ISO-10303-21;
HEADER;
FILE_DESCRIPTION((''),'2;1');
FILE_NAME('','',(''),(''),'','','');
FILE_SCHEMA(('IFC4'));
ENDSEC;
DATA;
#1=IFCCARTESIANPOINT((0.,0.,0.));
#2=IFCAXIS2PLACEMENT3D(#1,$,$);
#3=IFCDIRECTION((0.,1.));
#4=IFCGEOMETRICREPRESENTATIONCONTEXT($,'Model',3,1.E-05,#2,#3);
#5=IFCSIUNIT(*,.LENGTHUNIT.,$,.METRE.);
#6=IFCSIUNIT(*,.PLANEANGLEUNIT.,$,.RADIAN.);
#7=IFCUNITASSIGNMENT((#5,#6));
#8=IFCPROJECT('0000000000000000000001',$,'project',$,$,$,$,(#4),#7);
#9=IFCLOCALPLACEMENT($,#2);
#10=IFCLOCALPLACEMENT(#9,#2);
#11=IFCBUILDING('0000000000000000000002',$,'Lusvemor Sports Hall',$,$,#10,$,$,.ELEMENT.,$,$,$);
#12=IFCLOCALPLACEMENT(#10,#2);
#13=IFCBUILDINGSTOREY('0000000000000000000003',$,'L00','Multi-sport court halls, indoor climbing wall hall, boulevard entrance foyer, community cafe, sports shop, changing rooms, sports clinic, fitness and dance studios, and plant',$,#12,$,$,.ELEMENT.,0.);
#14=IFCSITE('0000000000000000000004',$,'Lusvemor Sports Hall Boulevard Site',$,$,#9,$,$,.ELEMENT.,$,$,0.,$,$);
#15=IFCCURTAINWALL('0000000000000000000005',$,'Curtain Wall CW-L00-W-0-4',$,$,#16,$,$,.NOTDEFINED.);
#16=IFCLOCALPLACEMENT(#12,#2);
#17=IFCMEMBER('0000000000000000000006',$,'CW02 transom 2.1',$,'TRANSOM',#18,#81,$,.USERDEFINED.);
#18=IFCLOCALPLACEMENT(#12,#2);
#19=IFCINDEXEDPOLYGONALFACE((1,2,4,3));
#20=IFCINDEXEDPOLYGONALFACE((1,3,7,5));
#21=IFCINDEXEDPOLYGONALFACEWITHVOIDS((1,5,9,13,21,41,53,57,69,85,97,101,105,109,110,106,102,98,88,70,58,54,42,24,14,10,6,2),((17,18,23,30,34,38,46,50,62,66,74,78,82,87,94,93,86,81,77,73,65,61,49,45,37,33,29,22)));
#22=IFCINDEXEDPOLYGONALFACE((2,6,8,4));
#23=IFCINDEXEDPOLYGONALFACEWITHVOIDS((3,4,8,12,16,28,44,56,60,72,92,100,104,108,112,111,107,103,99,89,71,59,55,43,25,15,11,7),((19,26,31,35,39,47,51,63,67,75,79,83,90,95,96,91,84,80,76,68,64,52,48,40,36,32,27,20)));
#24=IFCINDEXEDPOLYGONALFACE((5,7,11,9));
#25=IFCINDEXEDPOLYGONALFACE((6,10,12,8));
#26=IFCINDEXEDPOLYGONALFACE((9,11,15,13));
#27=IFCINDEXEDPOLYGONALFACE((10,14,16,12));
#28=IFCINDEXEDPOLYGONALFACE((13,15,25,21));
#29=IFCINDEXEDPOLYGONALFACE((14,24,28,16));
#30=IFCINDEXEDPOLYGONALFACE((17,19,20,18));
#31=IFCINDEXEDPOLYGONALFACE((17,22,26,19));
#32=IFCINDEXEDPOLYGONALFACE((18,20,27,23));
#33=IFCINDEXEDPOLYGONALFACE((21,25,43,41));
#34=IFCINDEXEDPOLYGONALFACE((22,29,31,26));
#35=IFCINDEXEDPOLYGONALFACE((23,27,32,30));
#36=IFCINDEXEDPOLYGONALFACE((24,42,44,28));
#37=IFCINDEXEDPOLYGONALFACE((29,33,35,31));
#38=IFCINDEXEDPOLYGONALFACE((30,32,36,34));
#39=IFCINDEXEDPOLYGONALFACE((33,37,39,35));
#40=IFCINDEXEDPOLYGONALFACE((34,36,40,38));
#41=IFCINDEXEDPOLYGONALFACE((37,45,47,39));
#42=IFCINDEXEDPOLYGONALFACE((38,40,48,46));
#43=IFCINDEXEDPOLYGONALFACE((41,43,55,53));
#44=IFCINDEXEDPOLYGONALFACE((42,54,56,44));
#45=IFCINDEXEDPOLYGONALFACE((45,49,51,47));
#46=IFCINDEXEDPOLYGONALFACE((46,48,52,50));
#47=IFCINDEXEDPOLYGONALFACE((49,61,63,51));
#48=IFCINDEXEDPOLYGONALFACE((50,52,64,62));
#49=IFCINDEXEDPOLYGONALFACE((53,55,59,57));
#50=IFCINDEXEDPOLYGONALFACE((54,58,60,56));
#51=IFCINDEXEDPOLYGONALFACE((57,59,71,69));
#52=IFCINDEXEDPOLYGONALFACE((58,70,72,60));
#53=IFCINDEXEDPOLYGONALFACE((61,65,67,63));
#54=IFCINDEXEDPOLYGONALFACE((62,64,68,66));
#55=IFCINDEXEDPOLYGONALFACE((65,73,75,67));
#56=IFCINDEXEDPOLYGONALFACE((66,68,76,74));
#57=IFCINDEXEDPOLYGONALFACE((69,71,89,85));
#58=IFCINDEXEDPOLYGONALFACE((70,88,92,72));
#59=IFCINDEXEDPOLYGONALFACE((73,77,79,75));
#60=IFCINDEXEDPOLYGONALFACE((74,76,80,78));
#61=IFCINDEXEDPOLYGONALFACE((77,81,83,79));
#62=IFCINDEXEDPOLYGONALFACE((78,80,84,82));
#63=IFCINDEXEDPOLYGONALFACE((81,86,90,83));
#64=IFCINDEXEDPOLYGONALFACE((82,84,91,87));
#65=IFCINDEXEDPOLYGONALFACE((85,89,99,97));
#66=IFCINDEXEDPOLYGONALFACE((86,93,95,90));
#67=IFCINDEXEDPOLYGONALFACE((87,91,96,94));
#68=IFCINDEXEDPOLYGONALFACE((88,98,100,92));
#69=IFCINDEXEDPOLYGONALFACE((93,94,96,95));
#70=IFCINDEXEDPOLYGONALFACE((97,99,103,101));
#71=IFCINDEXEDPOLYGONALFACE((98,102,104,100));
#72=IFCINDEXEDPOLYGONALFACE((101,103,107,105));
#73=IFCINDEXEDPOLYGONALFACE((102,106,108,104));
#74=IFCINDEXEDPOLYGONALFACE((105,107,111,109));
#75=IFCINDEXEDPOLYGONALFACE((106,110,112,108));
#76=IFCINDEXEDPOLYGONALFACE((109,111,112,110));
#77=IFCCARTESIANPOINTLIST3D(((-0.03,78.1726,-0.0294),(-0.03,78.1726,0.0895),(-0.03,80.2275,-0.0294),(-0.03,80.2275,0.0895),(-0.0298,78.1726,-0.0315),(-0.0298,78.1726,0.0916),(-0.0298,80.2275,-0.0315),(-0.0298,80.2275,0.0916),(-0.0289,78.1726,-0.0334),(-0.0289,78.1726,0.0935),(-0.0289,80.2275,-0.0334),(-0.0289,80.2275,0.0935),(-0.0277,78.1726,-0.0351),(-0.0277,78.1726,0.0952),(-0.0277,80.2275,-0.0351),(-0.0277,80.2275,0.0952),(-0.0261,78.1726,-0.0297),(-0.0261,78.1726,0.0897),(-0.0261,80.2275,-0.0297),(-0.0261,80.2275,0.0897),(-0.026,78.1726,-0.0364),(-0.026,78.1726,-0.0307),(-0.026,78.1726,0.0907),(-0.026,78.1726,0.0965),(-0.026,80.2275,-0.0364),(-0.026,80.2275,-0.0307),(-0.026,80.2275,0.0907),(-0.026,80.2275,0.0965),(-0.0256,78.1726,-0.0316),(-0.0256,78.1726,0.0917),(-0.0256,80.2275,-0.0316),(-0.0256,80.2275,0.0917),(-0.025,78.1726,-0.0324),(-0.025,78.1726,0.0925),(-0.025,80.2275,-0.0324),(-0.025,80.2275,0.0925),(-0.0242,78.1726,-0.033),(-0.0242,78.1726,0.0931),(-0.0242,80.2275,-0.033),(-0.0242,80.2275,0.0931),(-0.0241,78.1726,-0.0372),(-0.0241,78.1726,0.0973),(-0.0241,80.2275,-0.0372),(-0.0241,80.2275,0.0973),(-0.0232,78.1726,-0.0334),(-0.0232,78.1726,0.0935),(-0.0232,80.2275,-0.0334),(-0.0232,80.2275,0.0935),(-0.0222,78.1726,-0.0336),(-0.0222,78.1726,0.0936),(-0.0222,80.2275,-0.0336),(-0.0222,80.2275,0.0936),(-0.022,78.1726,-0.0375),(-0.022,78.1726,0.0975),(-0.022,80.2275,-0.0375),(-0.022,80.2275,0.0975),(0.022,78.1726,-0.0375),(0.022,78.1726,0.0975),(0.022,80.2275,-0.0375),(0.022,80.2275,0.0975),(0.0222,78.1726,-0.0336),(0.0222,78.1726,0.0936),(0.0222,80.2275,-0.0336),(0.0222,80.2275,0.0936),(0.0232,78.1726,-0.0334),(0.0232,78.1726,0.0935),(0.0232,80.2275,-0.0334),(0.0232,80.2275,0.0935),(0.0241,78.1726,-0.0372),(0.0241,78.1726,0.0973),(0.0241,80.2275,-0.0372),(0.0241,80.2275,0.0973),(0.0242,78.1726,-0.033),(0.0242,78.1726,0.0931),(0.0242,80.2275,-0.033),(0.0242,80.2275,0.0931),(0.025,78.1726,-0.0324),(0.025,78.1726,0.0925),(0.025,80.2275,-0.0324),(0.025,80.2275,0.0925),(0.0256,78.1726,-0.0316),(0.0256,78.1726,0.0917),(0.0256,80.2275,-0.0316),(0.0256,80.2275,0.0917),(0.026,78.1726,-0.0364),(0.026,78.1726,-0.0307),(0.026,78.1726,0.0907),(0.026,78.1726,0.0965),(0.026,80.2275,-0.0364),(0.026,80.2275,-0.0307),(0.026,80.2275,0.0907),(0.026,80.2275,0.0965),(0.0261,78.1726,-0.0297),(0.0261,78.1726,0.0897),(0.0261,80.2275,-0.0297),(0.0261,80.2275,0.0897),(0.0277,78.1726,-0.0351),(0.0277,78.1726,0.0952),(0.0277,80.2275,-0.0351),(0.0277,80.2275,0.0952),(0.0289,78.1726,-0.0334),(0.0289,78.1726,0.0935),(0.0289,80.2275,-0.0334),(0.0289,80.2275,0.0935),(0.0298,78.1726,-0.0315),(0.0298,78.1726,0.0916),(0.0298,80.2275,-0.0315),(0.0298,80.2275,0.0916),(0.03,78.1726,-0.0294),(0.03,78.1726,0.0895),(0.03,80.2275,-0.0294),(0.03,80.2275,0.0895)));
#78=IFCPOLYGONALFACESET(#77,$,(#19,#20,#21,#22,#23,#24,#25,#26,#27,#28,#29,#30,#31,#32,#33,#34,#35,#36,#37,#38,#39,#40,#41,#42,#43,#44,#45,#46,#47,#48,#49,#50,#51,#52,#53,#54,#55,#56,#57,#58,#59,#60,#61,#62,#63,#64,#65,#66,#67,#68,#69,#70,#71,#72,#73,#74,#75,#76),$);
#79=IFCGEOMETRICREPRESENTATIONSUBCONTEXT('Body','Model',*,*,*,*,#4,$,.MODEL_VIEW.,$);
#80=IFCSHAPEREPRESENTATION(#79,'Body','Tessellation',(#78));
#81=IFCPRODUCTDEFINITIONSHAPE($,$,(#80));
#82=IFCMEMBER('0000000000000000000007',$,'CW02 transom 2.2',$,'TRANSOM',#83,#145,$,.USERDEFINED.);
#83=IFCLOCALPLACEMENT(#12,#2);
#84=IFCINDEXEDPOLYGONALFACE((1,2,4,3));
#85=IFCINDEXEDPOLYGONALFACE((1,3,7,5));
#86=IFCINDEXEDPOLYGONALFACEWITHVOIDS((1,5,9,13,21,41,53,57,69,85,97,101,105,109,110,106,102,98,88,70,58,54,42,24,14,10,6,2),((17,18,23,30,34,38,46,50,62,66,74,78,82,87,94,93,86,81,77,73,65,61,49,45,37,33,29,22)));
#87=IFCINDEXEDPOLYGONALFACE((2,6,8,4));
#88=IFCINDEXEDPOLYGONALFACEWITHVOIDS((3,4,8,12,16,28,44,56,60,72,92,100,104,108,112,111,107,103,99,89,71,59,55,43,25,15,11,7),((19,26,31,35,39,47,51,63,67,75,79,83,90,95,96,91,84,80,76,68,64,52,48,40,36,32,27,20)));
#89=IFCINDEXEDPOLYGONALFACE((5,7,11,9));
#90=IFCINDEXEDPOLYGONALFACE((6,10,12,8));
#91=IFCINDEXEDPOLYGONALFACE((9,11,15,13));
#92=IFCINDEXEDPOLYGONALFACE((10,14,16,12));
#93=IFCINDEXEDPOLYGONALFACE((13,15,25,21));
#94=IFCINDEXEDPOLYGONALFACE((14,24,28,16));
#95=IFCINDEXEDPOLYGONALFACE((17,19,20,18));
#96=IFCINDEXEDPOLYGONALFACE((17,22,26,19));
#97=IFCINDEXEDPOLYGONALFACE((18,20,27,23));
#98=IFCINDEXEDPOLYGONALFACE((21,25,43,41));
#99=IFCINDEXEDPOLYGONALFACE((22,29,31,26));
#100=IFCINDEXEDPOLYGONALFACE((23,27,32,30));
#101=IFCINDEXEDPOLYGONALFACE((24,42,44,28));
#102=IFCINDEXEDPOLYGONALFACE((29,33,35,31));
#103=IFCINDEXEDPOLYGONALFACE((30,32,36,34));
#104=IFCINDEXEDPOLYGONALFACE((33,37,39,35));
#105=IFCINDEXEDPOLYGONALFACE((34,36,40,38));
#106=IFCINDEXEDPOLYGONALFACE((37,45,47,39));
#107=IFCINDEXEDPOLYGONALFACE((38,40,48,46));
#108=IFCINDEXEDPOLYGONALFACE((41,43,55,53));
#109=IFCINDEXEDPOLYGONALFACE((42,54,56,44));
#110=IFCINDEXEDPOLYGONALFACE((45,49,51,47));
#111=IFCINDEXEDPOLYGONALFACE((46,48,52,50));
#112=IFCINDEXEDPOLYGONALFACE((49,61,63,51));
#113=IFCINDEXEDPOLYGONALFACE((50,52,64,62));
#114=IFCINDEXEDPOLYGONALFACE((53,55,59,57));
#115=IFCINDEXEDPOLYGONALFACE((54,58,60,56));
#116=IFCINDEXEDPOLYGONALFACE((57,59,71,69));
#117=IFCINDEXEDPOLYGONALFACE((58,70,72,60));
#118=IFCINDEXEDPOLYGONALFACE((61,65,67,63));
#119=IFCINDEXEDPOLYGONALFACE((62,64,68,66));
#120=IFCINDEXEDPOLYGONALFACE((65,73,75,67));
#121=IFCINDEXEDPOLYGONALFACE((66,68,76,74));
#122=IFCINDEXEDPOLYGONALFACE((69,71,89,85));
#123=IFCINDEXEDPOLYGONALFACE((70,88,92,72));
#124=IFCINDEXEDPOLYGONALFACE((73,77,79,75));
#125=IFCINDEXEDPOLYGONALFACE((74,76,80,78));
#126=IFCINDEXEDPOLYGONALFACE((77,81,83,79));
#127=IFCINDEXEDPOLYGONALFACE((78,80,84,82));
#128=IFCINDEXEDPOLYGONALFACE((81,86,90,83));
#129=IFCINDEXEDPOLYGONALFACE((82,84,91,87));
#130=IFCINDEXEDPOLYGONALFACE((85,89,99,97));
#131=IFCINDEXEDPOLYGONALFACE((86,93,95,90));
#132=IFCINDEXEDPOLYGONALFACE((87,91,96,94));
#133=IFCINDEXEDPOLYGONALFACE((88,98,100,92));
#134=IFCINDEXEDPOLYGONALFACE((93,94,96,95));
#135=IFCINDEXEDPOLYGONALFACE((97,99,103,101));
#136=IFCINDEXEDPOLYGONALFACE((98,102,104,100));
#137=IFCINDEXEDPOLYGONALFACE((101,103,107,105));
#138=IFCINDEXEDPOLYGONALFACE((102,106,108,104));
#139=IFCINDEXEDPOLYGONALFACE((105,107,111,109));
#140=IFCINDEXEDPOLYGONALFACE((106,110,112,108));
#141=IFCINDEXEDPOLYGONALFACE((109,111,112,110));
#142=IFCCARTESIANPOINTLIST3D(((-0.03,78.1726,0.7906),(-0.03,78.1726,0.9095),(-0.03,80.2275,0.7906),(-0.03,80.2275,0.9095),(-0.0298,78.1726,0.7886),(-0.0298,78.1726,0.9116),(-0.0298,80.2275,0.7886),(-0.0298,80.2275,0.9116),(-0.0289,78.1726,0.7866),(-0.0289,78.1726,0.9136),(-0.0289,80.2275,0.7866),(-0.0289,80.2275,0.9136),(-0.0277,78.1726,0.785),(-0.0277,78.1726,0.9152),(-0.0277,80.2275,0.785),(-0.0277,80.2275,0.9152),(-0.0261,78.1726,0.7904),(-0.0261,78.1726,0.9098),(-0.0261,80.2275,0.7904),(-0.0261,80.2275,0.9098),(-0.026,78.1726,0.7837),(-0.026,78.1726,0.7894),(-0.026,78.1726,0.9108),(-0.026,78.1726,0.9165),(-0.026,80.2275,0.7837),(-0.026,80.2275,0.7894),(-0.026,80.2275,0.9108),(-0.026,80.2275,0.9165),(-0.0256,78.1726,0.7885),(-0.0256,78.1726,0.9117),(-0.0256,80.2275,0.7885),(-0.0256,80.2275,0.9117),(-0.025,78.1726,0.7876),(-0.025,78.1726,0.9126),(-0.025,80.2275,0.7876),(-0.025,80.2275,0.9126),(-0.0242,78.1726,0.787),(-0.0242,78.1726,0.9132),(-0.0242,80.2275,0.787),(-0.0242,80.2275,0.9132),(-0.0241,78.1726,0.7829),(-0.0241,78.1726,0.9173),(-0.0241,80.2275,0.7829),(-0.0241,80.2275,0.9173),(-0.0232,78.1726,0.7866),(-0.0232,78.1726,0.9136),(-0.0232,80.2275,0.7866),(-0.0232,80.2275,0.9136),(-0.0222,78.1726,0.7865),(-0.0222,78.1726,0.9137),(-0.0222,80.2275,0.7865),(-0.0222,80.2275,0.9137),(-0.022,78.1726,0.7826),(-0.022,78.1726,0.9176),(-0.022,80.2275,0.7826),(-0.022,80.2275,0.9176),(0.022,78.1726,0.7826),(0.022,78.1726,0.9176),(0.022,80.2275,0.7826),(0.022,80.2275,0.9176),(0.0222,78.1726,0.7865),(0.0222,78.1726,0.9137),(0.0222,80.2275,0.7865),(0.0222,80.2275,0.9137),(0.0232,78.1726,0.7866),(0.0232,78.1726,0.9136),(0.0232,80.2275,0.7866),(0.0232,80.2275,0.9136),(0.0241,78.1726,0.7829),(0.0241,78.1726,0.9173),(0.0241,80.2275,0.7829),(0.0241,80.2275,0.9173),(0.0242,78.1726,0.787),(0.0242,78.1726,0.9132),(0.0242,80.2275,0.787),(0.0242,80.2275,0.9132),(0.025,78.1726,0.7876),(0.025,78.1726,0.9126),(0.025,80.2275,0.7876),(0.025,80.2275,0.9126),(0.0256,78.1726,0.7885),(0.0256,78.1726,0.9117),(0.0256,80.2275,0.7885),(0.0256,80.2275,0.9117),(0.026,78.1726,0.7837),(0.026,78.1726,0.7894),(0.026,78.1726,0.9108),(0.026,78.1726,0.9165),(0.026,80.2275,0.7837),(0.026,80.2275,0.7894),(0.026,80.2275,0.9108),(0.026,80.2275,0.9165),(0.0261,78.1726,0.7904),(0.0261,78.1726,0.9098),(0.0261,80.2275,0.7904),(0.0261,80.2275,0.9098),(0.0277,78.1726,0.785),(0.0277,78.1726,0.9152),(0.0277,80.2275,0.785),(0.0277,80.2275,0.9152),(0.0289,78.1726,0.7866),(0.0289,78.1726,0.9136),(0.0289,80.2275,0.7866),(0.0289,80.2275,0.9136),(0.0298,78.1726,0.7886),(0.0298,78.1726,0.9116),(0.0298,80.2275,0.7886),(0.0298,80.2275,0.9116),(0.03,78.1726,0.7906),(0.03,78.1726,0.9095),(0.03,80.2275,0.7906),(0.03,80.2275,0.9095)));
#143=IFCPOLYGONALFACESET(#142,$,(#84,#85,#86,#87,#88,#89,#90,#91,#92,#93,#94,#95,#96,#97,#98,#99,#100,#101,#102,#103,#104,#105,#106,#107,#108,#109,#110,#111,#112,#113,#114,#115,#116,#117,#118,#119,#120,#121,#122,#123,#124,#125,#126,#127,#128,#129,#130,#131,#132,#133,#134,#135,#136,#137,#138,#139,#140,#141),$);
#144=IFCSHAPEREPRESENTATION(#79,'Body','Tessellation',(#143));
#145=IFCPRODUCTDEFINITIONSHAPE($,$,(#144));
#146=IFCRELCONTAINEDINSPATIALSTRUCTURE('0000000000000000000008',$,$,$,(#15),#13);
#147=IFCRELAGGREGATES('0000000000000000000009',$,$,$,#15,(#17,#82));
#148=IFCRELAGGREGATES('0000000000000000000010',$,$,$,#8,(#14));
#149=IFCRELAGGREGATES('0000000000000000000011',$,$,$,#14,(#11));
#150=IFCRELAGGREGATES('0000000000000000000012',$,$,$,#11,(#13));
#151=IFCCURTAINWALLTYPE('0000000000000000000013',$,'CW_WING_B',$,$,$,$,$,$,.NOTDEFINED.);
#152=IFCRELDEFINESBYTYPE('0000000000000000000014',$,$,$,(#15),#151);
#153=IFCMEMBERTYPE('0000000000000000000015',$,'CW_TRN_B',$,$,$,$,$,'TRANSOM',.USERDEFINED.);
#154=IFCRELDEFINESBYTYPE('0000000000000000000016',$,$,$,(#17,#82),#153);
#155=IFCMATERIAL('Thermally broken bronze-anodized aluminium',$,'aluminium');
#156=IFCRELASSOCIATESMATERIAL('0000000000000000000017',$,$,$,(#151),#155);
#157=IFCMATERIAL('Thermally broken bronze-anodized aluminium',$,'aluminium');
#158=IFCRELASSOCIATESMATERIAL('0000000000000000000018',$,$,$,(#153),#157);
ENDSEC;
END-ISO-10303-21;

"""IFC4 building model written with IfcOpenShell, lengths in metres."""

from ifc_helpers import new_model, si_unit, direction, frame, origin, origin_2d, place, context, subcontext, project, spatial, hollow_rectangle, extrude, material, material_profile, profile_set, type_object, element, aggregate, save


model = new_model("IFC4")

# Units and contexts
model_context = context("Model", 3, precision=1e-05, world=origin(), true_north=direction((0.0, 1.0)))
body_context = subcontext(model_context, "Body", "Model", "MODEL_VIEW")
ifc_project = project(units=[si_unit("LENGTHUNIT", "METRE"), si_unit("PLANEANGLEUNIT", "RADIAN")], contexts=[model_context])

# Site, building, storey
site_placement = place(None, origin())
site = spatial("IfcSite", under=ifc_project, at=site_placement, Name="Lusvemor Sports Hall Boulevard Site", CompositionType="ELEMENT", RefElevation=0.0)
building_placement = place(site_placement, origin())
building = spatial("IfcBuilding", under=site, at=building_placement, Name="Lusvemor Sports Hall", CompositionType="ELEMENT")
storey_placement = place(building_placement, origin())
storey = spatial("IfcBuildingStorey", under=building, at=storey_placement, Name="L00", Description="Multi-sport court halls, indoor climbing wall hall, boulevard entrance foyer, community cafe, sports shop, changing rooms, sports clinic, fitness and dance studios, and plant", CompositionType="ELEMENT", Elevation=0.0)

# Curtain wall, members
ifc_material_1 = material(Name="Thermally broken bronze-anodized aluminium", Category="aluminium")
curtain_wall_type = type_object("IfcCurtainWallType", Name="CW_WING_B", PredefinedType="NOTDEFINED", material=ifc_material_1)
curtain_wall_placement = place(storey_placement, origin())
curtain_wall = element("IfcCurtainWall", 1, at=curtain_wall_placement, inside=storey, type_object=curtain_wall_type, Name="Curtain Wall CW-L00-W-0-4", PredefinedType="NOTDEFINED")
ifc_material_2 = material(Name="Thermally broken bronze-anodized aluminium", Category="aluminium")
ifc_material_profile_1 = material_profile(ifc_material_2, hollow_rectangle(XDim=0.0601, YDim=0.135, WallThickness=0.0039, InnerFilletRadius=0.0039, OuterFilletRadius=0.0081, at=origin_2d()), Name="CWTRN135x60x4")
ifc_profile_set_1 = profile_set([ifc_material_profile_1], Name="Thermally broken bronze-anodized aluminium")
member_type_1 = type_object("IfcMemberType", Name="CW_TRN_B", ElementType="TRANSOM", PredefinedType="USERDEFINED", material=ifc_profile_set_1)
member_1_placement = place(storey_placement, frame((0.0, 78.1726, 0.03), z_axis=(0.0, 1.0, 0.0), x_axis=(-1.0, 0.0, 0.0)))
member_1 = element("IfcMember", 2, at=member_1_placement, type_object=member_type_1, Name="CW02 transom 2.1", ObjectType="TRANSOM", PredefinedType="USERDEFINED", context=body_context, shape_type="SweptSolid", body=[
    extrude(hollow_rectangle(XDim=0.0601, YDim=0.135, WallThickness=0.0039, InnerFilletRadius=0.0039, OuterFilletRadius=0.0081, at=origin_2d()), origin(), (0.0, 0.0, 1.0), 2.0549),
])
member_2_placement = place(storey_placement, frame((0.0, 78.1726, 0.8501), z_axis=(0.0, 1.0, 0.0), x_axis=(-1.0, 0.0, 0.0)))
member_2 = element("IfcMember", 3, at=member_2_placement, type_object=member_type_1, Name="CW02 transom 2.2", ObjectType="TRANSOM", PredefinedType="USERDEFINED", context=body_context, shape_type="SweptSolid", body=[
    extrude(hollow_rectangle(XDim=0.0601, YDim=0.135, WallThickness=0.0039, InnerFilletRadius=0.0039, OuterFilletRadius=0.0081, at=origin_2d()), origin(), (0.0, 0.0, 1.0), 2.0549),
])
aggregate(curtain_wall, [member_1, member_2])

save(model, "model.ifc")
